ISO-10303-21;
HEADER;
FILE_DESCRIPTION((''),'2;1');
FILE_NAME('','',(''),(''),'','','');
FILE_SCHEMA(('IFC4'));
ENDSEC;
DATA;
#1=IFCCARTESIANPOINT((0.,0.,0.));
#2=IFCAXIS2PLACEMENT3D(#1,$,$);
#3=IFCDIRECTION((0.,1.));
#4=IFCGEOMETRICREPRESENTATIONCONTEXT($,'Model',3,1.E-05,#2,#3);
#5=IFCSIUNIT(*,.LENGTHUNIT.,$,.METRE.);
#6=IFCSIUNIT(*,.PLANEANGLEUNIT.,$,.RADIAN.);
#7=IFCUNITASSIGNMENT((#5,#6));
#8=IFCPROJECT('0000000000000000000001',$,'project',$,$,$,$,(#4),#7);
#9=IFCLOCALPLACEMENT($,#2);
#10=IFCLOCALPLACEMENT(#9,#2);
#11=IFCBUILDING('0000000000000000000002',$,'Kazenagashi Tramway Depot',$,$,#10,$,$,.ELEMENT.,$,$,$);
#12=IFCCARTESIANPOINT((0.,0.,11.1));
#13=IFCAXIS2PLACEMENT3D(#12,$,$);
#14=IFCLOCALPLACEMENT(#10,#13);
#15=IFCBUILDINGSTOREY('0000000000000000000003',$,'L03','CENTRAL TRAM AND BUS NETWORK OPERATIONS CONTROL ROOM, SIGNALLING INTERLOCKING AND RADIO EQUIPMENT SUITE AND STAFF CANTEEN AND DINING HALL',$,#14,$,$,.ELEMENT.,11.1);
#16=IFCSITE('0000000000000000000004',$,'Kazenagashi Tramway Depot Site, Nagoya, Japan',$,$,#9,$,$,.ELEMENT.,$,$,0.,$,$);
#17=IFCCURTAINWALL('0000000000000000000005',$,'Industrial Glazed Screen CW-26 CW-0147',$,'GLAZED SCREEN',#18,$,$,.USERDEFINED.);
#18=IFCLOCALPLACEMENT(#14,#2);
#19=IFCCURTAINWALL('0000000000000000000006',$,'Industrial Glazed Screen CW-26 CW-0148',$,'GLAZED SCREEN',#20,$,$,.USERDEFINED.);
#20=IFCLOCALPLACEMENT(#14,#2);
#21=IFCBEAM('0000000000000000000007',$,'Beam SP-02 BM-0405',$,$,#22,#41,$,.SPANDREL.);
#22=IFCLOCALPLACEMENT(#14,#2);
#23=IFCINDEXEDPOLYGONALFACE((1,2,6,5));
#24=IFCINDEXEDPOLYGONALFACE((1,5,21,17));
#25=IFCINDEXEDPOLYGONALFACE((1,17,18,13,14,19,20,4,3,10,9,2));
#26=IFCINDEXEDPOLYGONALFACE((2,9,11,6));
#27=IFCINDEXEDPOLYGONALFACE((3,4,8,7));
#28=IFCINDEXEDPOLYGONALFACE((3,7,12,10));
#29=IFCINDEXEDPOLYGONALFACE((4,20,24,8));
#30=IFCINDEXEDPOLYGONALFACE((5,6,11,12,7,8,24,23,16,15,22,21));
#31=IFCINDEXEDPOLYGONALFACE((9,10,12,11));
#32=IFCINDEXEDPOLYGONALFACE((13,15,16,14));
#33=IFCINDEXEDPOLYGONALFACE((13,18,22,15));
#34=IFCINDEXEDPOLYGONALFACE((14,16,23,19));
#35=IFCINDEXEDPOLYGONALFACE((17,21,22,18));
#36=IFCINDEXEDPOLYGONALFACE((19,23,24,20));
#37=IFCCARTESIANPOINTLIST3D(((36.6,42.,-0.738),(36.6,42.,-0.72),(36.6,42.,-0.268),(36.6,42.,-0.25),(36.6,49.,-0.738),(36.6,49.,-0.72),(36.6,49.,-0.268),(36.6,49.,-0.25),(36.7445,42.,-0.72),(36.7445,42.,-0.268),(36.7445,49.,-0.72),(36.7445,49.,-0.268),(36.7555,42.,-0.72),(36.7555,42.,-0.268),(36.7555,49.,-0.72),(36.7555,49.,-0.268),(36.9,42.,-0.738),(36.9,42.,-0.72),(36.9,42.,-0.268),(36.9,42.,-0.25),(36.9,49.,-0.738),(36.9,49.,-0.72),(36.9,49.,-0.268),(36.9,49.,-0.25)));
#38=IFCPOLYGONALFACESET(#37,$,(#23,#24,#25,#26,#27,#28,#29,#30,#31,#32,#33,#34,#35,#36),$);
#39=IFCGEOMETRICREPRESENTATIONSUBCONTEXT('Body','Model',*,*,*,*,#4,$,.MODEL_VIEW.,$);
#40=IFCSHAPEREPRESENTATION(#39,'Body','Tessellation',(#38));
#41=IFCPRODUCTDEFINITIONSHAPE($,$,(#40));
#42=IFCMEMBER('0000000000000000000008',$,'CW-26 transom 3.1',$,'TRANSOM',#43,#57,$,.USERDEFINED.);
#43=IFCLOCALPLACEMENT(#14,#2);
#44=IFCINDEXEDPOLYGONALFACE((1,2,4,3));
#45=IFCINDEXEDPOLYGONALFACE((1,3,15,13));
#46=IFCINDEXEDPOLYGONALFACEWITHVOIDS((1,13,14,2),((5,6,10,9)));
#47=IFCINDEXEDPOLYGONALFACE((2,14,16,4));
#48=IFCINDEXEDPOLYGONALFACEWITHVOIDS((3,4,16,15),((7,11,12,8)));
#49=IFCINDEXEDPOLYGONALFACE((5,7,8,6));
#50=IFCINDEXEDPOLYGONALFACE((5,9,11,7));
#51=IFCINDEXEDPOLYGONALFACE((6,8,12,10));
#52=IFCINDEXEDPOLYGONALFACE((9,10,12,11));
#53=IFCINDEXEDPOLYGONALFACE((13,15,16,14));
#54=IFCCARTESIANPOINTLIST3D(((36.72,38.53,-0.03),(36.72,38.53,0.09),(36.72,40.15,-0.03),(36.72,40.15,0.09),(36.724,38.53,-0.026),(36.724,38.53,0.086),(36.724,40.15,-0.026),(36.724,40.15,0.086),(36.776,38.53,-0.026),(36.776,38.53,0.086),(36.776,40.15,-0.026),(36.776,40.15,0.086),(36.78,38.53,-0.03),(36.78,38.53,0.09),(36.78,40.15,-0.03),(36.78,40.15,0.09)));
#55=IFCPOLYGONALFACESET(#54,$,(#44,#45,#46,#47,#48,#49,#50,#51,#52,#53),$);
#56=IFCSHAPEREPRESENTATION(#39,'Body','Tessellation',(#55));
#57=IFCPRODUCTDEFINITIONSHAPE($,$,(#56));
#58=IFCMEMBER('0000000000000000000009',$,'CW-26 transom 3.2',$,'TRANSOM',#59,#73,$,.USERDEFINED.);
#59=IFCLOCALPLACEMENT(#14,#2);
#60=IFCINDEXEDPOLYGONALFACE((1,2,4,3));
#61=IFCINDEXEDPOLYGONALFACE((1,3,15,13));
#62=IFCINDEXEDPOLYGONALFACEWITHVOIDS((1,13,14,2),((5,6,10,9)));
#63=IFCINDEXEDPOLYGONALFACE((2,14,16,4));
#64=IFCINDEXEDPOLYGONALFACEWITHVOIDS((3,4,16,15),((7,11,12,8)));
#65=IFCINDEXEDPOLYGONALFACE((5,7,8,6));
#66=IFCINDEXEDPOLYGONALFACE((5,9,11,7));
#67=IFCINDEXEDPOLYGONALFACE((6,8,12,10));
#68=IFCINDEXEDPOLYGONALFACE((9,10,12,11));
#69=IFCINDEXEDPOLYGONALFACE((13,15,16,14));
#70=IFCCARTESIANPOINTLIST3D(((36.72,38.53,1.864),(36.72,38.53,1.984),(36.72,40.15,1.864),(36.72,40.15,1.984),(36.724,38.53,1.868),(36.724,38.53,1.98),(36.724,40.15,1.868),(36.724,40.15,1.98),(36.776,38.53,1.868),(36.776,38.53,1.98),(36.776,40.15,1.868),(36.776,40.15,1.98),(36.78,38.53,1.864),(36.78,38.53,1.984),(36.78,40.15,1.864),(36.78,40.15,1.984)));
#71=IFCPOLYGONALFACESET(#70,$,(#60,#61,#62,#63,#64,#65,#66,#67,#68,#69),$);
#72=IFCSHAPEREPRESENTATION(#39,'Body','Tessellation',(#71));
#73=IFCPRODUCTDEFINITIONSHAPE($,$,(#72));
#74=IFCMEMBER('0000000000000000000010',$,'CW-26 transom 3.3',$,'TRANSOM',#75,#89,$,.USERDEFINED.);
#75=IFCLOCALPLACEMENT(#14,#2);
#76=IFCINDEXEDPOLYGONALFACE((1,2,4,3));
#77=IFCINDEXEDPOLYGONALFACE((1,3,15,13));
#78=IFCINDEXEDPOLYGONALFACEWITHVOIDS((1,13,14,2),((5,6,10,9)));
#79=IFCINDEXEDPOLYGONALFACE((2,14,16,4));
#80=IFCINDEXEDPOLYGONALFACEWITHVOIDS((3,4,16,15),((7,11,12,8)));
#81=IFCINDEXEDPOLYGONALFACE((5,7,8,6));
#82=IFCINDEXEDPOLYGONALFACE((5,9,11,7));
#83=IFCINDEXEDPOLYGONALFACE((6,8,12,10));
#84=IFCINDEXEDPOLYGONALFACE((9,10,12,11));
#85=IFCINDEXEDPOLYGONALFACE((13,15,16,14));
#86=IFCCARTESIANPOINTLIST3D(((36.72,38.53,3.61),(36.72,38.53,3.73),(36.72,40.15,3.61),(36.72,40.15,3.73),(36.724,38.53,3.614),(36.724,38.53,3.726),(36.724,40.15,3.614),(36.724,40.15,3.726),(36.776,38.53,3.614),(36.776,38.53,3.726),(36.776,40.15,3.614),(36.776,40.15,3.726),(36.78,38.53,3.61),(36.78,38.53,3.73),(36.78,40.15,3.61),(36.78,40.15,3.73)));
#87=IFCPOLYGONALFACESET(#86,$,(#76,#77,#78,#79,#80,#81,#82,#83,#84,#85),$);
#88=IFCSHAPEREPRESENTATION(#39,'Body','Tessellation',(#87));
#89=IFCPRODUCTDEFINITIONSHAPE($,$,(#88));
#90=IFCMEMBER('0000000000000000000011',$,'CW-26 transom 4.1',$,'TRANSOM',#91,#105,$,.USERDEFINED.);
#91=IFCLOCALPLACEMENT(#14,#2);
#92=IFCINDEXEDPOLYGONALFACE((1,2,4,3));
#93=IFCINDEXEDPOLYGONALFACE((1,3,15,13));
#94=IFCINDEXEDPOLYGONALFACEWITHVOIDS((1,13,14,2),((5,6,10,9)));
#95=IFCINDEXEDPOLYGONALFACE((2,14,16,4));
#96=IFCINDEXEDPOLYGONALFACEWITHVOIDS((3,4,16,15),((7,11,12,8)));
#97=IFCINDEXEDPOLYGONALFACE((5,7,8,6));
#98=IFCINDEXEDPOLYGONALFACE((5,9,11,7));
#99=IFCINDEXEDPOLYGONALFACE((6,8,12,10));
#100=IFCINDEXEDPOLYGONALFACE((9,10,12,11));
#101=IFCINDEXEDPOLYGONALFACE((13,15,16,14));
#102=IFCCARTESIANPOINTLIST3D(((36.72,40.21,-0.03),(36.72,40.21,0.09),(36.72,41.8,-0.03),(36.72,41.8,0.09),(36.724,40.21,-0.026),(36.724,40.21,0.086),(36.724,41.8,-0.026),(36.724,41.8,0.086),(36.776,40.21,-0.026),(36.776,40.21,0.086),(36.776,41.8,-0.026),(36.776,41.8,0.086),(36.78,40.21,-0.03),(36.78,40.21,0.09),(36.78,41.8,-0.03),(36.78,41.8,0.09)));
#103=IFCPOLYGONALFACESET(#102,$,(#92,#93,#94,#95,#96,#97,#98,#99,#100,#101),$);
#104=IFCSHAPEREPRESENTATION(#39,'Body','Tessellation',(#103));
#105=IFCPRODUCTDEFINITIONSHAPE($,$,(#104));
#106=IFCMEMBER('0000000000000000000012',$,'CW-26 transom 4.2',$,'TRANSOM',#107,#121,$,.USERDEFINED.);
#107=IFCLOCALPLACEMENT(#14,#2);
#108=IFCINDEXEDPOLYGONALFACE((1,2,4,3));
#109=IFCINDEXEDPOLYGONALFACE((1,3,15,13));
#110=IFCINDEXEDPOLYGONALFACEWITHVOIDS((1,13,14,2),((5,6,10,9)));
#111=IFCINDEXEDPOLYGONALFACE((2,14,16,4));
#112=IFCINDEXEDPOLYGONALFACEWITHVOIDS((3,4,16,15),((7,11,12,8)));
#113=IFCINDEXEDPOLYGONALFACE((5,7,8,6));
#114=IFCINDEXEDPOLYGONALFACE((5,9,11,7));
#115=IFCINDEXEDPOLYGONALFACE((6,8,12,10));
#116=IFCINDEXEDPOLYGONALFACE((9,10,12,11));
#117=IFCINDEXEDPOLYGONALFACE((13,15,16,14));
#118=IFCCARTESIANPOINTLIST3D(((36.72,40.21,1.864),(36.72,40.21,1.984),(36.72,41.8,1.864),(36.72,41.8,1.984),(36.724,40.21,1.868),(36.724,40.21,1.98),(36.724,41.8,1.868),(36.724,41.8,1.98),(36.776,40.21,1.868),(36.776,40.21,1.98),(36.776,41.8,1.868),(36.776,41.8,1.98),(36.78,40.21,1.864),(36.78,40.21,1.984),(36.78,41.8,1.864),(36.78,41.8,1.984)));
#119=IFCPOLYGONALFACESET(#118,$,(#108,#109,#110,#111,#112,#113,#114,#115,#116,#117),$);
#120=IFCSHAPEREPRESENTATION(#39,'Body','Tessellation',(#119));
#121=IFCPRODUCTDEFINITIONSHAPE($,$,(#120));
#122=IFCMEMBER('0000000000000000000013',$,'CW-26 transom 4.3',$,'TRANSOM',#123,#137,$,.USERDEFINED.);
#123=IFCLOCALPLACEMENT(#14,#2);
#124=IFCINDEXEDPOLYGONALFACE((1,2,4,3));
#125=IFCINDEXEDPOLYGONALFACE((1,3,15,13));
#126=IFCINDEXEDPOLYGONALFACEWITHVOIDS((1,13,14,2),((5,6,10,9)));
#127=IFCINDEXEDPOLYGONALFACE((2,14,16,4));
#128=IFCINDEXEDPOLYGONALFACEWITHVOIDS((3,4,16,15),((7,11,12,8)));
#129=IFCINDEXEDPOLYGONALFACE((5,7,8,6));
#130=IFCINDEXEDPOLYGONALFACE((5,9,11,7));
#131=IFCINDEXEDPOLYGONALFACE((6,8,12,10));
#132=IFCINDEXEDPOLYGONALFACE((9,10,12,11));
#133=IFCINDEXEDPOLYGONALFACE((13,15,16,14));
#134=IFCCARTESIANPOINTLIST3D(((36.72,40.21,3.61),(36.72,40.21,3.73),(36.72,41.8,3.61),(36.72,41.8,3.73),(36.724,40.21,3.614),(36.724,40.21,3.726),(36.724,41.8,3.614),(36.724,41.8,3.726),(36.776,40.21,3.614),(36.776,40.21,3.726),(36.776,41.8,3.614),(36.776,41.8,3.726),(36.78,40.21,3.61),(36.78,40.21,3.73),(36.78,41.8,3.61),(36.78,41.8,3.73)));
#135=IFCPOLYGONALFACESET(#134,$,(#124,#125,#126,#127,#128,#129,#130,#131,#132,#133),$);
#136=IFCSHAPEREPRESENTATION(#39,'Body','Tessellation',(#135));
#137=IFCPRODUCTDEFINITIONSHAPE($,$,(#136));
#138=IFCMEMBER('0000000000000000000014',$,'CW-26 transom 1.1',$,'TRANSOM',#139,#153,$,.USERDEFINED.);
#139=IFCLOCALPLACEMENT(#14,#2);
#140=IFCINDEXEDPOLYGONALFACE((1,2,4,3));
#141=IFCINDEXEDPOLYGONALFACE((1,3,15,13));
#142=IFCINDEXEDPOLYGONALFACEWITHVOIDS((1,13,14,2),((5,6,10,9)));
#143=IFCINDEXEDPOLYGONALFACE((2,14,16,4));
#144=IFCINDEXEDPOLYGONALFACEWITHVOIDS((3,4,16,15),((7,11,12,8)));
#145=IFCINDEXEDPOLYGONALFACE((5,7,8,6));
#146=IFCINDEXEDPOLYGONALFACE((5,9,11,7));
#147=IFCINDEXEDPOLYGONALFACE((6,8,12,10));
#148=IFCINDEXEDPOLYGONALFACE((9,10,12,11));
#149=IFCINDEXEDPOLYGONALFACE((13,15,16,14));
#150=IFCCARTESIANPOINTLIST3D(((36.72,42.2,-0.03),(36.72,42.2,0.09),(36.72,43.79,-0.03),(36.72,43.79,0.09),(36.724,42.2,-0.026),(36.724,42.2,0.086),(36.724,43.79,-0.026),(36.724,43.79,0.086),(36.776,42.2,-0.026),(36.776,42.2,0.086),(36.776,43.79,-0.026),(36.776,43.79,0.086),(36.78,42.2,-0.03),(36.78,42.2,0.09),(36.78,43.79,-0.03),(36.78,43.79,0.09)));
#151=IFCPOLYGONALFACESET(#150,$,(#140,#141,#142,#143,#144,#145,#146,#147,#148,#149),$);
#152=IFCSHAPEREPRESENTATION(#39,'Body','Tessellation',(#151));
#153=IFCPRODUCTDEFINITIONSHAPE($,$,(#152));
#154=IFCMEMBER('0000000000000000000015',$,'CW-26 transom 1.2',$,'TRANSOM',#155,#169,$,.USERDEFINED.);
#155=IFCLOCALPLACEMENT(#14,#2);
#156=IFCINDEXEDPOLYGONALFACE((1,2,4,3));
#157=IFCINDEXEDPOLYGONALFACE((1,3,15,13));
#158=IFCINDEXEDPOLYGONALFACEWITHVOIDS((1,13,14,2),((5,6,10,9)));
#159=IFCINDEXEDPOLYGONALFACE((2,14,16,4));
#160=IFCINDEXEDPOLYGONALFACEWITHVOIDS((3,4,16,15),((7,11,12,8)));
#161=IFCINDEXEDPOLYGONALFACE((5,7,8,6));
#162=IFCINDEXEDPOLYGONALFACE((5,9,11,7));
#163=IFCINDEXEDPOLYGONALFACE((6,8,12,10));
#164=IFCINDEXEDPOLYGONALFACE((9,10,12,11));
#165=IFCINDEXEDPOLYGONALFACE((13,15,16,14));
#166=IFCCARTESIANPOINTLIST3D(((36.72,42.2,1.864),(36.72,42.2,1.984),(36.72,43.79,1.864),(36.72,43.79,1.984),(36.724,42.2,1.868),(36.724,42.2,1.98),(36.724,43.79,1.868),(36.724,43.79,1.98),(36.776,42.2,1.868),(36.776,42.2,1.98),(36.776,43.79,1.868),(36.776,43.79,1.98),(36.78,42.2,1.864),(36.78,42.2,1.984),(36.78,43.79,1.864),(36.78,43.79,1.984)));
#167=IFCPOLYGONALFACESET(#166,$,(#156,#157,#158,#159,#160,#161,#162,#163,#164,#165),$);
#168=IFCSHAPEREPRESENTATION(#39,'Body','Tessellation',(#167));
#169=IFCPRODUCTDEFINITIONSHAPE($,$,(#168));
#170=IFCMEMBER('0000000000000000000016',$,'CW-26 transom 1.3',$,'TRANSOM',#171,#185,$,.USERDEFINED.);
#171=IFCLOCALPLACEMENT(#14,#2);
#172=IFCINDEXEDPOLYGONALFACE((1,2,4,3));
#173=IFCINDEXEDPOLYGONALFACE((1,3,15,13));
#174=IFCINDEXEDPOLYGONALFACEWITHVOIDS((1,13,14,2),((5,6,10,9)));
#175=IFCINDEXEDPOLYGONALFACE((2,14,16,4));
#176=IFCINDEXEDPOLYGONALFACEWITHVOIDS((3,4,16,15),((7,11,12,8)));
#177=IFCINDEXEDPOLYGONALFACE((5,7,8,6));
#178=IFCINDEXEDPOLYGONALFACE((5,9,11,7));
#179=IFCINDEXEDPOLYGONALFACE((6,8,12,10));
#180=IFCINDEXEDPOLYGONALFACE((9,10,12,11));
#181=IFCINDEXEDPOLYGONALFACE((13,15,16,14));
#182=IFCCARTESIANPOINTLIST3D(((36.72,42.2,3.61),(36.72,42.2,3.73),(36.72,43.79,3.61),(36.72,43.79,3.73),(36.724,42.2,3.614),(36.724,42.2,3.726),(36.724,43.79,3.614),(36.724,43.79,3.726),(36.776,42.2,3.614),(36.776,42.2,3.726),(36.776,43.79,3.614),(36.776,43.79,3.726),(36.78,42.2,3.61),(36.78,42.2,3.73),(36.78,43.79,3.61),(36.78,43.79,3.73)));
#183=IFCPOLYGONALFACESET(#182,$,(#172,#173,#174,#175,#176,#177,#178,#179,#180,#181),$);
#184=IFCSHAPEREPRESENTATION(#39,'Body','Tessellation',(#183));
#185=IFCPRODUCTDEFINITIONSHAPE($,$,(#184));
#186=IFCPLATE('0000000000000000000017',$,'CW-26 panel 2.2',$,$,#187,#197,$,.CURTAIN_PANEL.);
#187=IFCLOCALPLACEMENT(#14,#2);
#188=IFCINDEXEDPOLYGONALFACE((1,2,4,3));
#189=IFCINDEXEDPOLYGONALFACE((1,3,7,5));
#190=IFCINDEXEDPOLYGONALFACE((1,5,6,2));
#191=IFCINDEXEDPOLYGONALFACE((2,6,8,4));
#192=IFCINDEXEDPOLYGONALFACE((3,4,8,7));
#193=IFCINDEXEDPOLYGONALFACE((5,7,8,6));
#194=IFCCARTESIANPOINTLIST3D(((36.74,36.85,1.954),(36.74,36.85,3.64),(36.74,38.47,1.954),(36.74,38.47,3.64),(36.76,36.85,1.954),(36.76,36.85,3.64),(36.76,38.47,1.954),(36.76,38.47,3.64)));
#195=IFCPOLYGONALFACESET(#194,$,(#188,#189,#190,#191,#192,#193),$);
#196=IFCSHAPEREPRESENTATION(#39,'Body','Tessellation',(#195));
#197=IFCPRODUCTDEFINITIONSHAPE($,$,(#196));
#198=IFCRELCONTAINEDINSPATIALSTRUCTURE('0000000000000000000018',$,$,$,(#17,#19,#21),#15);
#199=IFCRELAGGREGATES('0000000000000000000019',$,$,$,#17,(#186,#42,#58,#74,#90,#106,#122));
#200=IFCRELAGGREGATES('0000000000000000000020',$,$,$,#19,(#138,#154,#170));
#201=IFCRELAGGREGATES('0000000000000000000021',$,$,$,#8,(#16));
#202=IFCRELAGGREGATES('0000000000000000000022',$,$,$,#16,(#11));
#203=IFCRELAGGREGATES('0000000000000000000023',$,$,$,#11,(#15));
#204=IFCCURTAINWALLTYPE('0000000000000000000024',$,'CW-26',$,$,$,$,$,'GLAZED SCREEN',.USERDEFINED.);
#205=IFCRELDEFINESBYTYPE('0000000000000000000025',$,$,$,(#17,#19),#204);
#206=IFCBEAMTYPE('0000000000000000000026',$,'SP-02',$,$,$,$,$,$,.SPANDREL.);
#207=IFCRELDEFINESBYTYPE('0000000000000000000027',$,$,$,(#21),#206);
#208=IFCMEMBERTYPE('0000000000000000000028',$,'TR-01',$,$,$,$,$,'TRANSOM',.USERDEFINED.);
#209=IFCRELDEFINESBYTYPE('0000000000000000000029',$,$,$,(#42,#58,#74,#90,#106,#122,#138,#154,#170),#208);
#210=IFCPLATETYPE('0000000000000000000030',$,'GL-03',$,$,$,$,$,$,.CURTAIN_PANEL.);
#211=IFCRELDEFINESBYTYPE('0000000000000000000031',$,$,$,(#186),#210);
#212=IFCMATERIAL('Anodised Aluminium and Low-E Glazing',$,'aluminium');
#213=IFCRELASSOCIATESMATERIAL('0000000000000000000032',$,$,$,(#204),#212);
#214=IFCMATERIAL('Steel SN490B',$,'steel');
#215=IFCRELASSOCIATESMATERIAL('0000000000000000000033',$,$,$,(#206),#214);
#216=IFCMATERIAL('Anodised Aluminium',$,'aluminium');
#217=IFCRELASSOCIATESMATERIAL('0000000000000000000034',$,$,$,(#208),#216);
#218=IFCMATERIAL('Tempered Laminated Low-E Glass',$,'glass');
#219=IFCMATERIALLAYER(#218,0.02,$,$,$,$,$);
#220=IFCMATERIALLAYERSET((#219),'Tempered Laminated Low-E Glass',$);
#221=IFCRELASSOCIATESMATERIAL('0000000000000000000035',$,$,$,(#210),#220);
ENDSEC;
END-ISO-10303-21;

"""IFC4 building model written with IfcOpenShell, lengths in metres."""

from ifc_helpers import new_model, si_unit, direction, frame, origin, origin_2d, place, context, subcontext, project, spatial, rectangle, hollow_rectangle, i_section, extrude, material, layer, layer_set, material_profile, profile_set, type_object, element, aggregate, save


model = new_model("IFC4")

# Units and contexts
model_context = context("Model", 3, precision=1e-05, world=origin(), true_north=direction((0.0, 1.0)))
body_context = subcontext(model_context, "Body", "Model", "MODEL_VIEW")
ifc_project = project(units=[si_unit("LENGTHUNIT", "METRE"), si_unit("PLANEANGLEUNIT", "RADIAN")], contexts=[model_context])

# Site, building, storey
site_placement = place(None, origin())
site = spatial("IfcSite", under=ifc_project, at=site_placement, Name="Kazenagashi Tramway Depot Site, Nagoya, Japan", CompositionType="ELEMENT", RefElevation=0.0)
building_placement = place(site_placement, origin())
building = spatial("IfcBuilding", under=site, at=building_placement, Name="Kazenagashi Tramway Depot", CompositionType="ELEMENT")
storey_placement = place(building_placement, frame((0.0, 0.0, 11.1)))
storey = spatial("IfcBuildingStorey", under=building, at=storey_placement, Name="L03", Description="CENTRAL TRAM AND BUS NETWORK OPERATIONS CONTROL ROOM, SIGNALLING INTERLOCKING AND RADIO EQUIPMENT SUITE AND STAFF CANTEEN AND DINING HALL", CompositionType="ELEMENT", Elevation=11.1)

# Shared definitions
ifc_material_1 = material(Name="Steel SN490B", Category="steel")

# Curtain wall
ifc_material_2 = material(Name="Anodised Aluminium and Low-E Glazing", Category="aluminium")
curtain_wall_type = type_object("IfcCurtainWallType", Name="CW-26", ElementType="GLAZED SCREEN", PredefinedType="USERDEFINED", material=ifc_material_2)
curtain_wall_1_placement = place(storey_placement, origin())
curtain_wall_1 = element("IfcCurtainWall", 1, at=curtain_wall_1_placement, inside=storey, type_object=curtain_wall_type, Name="Industrial Glazed Screen CW-26 CW-0147", ObjectType="GLAZED SCREEN", PredefinedType="USERDEFINED")
ifc_material_3 = material(Name="Anodised Aluminium", Category="aluminium")

# Curtain wall
curtain_wall_2_placement = place(storey_placement, origin())
curtain_wall_2 = element("IfcCurtainWall", 2, at=curtain_wall_2_placement, inside=storey, type_object=curtain_wall_type, Name="Industrial Glazed Screen CW-26 CW-0148", ObjectType="GLAZED SCREEN", PredefinedType="USERDEFINED")

# Beam
ifc_material_profile_1 = material_profile(ifc_material_1, i_section(OverallWidth=0.3, OverallDepth=0.488, WebThickness=0.011, FlangeThickness=0.018, at=origin_2d()), Name="H-488x300x11x18")
ifc_profile_set_1 = profile_set([ifc_material_profile_1], Name="Steel SN490B")
beam_type_1 = type_object("IfcBeamType", Name="SP-02", PredefinedType="SPANDREL", material=ifc_profile_set_1)
beam_1_placement = place(storey_placement, frame((36.75, 42.0, -0.494), z_axis=(0.0, 1.0, 0.0), x_axis=(-1.0, 0.0, 0.0)))
element("IfcBeam", 3, at=beam_1_placement, inside=storey, type_object=beam_type_1, Name="Beam SP-02 BM-0405", PredefinedType="SPANDREL", context=body_context, shape_type="SweptSolid", body=[
    extrude(i_section(OverallWidth=0.3, OverallDepth=0.488, WebThickness=0.011, FlangeThickness=0.018, at=origin_2d()), origin(), (0.0, 0.0, 1.0), 7.0),
])

# Members
ifc_material_profile_2 = material_profile(ifc_material_3, hollow_rectangle(XDim=0.06, YDim=0.12, WallThickness=0.004, at=origin_2d()), Name="RHS-120x60x4")
ifc_profile_set_2 = profile_set([ifc_material_profile_2], Name="Anodised Aluminium")
member_type_1 = type_object("IfcMemberType", Name="TR-01", ElementType="TRANSOM", PredefinedType="USERDEFINED", material=ifc_profile_set_2)
member_1_placement = place(storey_placement, frame((36.75, 38.53, 0.03), z_axis=(0.0, 1.0, 0.0), x_axis=(-1.0, 0.0, 0.0)))
member_1 = element("IfcMember", 4, at=member_1_placement, type_object=member_type_1, Name="CW-26 transom 3.1", ObjectType="TRANSOM", PredefinedType="USERDEFINED", context=body_context, shape_type="SweptSolid", body=[
    extrude(hollow_rectangle(XDim=0.06, YDim=0.12, WallThickness=0.004, at=origin_2d()), origin(), (0.0, 0.0, 1.0), 1.62),
])
member_2_placement = place(storey_placement, frame((36.75, 38.53, 1.924), z_axis=(0.0, 1.0, 0.0), x_axis=(-1.0, 0.0, 0.0)))
member_2 = element("IfcMember", 5, at=member_2_placement, type_object=member_type_1, Name="CW-26 transom 3.2", ObjectType="TRANSOM", PredefinedType="USERDEFINED", context=body_context, shape_type="SweptSolid", body=[
    extrude(hollow_rectangle(XDim=0.06, YDim=0.12, WallThickness=0.004, at=origin_2d()), origin(), (0.0, 0.0, 1.0), 1.62),
])
member_3_placement = place(storey_placement, frame((36.75, 38.53, 3.67), z_axis=(0.0, 1.0, 0.0), x_axis=(-1.0, 0.0, 0.0)))
member_3 = element("IfcMember", 6, at=member_3_placement, type_object=member_type_1, Name="CW-26 transom 3.3", ObjectType="TRANSOM", PredefinedType="USERDEFINED", context=body_context, shape_type="SweptSolid", body=[
    extrude(hollow_rectangle(XDim=0.06, YDim=0.12, WallThickness=0.004, at=origin_2d()), origin(), (0.0, 0.0, 1.0), 1.62),
])
member_4_placement = place(storey_placement, frame((36.75, 40.21, 0.03), z_axis=(0.0, 1.0, 0.0), x_axis=(-1.0, 0.0, 0.0)))
member_4 = element("IfcMember", 7, at=member_4_placement, type_object=member_type_1, Name="CW-26 transom 4.1", ObjectType="TRANSOM", PredefinedType="USERDEFINED", context=body_context, shape_type="SweptSolid", body=[
    extrude(hollow_rectangle(XDim=0.06, YDim=0.12, WallThickness=0.004, at=origin_2d()), origin(), (0.0, 0.0, 1.0), 1.59),
])
member_5_placement = place(storey_placement, frame((36.75, 40.21, 1.924), z_axis=(0.0, 1.0, 0.0), x_axis=(-1.0, 0.0, 0.0)))
member_5 = element("IfcMember", 8, at=member_5_placement, type_object=member_type_1, Name="CW-26 transom 4.2", ObjectType="TRANSOM", PredefinedType="USERDEFINED", context=body_context, shape_type="SweptSolid", body=[
    extrude(hollow_rectangle(XDim=0.06, YDim=0.12, WallThickness=0.004, at=origin_2d()), origin(), (0.0, 0.0, 1.0), 1.59),
])
member_6_placement = place(storey_placement, frame((36.75, 40.21, 3.67), z_axis=(0.0, 1.0, 0.0), x_axis=(-1.0, 0.0, 0.0)))
member_6 = element("IfcMember", 9, at=member_6_placement, type_object=member_type_1, Name="CW-26 transom 4.3", ObjectType="TRANSOM", PredefinedType="USERDEFINED", context=body_context, shape_type="SweptSolid", body=[
    extrude(hollow_rectangle(XDim=0.06, YDim=0.12, WallThickness=0.004, at=origin_2d()), origin(), (0.0, 0.0, 1.0), 1.59),
])
member_7_placement = place(storey_placement, frame((36.75, 42.2, 0.03), z_axis=(0.0, 1.0, 0.0), x_axis=(-1.0, 0.0, 0.0)))
member_7 = element("IfcMember", 10, at=member_7_placement, type_object=member_type_1, Name="CW-26 transom 1.1", ObjectType="TRANSOM", PredefinedType="USERDEFINED", context=body_context, shape_type="SweptSolid", body=[
    extrude(hollow_rectangle(XDim=0.06, YDim=0.12, WallThickness=0.004, at=origin_2d()), origin(), (0.0, 0.0, 1.0), 1.59),
])
member_8_placement = place(storey_placement, frame((36.75, 42.2, 1.924), z_axis=(0.0, 1.0, 0.0), x_axis=(-1.0, 0.0, 0.0)))
member_8 = element("IfcMember", 11, at=member_8_placement, type_object=member_type_1, Name="CW-26 transom 1.2", ObjectType="TRANSOM", PredefinedType="USERDEFINED", context=body_context, shape_type="SweptSolid", body=[
    extrude(hollow_rectangle(XDim=0.06, YDim=0.12, WallThickness=0.004, at=origin_2d()), origin(), (0.0, 0.0, 1.0), 1.59),
])
member_9_placement = place(storey_placement, frame((36.75, 42.2, 3.67), z_axis=(0.0, 1.0, 0.0), x_axis=(-1.0, 0.0, 0.0)))
member_9 = element("IfcMember", 12, at=member_9_placement, type_object=member_type_1, Name="CW-26 transom 1.3", ObjectType="TRANSOM", PredefinedType="USERDEFINED", context=body_context, shape_type="SweptSolid", body=[
    extrude(hollow_rectangle(XDim=0.06, YDim=0.12, WallThickness=0.004, at=origin_2d()), origin(), (0.0, 0.0, 1.0), 1.59),
])

# Plate
ifc_material_4 = material(Name="Tempered Laminated Low-E Glass", Category="glass")
ifc_layer_1 = layer(ifc_material_4, 0.02)
ifc_layer_set_1 = layer_set([ifc_layer_1], Name="Tempered Laminated Low-E Glass")
plate_type_1 = type_object("IfcPlateType", Name="GL-03", PredefinedType="CURTAIN_PANEL", material=ifc_layer_set_1)
plate_1_placement = place(storey_placement, frame((36.75, 37.66, 1.954), z_axis=(0.0, 0.0, 1.0), x_axis=(0.0, 1.0, 0.0)))
plate_1 = element("IfcPlate", 13, at=plate_1_placement, type_object=plate_type_1, Name="CW-26 panel 2.2", PredefinedType="CURTAIN_PANEL", context=body_context, shape_type="SweptSolid", body=[
    extrude(rectangle(XDim=1.62, YDim=0.02, at=origin_2d()), origin(), (0.0, 0.0, 1.0), 1.686),
])
aggregate(curtain_wall_1, [plate_1, member_1, member_2, member_3, member_4, member_5, member_6])
aggregate(curtain_wall_2, [member_7, member_8, member_9])

save(model, "model.ifc")
